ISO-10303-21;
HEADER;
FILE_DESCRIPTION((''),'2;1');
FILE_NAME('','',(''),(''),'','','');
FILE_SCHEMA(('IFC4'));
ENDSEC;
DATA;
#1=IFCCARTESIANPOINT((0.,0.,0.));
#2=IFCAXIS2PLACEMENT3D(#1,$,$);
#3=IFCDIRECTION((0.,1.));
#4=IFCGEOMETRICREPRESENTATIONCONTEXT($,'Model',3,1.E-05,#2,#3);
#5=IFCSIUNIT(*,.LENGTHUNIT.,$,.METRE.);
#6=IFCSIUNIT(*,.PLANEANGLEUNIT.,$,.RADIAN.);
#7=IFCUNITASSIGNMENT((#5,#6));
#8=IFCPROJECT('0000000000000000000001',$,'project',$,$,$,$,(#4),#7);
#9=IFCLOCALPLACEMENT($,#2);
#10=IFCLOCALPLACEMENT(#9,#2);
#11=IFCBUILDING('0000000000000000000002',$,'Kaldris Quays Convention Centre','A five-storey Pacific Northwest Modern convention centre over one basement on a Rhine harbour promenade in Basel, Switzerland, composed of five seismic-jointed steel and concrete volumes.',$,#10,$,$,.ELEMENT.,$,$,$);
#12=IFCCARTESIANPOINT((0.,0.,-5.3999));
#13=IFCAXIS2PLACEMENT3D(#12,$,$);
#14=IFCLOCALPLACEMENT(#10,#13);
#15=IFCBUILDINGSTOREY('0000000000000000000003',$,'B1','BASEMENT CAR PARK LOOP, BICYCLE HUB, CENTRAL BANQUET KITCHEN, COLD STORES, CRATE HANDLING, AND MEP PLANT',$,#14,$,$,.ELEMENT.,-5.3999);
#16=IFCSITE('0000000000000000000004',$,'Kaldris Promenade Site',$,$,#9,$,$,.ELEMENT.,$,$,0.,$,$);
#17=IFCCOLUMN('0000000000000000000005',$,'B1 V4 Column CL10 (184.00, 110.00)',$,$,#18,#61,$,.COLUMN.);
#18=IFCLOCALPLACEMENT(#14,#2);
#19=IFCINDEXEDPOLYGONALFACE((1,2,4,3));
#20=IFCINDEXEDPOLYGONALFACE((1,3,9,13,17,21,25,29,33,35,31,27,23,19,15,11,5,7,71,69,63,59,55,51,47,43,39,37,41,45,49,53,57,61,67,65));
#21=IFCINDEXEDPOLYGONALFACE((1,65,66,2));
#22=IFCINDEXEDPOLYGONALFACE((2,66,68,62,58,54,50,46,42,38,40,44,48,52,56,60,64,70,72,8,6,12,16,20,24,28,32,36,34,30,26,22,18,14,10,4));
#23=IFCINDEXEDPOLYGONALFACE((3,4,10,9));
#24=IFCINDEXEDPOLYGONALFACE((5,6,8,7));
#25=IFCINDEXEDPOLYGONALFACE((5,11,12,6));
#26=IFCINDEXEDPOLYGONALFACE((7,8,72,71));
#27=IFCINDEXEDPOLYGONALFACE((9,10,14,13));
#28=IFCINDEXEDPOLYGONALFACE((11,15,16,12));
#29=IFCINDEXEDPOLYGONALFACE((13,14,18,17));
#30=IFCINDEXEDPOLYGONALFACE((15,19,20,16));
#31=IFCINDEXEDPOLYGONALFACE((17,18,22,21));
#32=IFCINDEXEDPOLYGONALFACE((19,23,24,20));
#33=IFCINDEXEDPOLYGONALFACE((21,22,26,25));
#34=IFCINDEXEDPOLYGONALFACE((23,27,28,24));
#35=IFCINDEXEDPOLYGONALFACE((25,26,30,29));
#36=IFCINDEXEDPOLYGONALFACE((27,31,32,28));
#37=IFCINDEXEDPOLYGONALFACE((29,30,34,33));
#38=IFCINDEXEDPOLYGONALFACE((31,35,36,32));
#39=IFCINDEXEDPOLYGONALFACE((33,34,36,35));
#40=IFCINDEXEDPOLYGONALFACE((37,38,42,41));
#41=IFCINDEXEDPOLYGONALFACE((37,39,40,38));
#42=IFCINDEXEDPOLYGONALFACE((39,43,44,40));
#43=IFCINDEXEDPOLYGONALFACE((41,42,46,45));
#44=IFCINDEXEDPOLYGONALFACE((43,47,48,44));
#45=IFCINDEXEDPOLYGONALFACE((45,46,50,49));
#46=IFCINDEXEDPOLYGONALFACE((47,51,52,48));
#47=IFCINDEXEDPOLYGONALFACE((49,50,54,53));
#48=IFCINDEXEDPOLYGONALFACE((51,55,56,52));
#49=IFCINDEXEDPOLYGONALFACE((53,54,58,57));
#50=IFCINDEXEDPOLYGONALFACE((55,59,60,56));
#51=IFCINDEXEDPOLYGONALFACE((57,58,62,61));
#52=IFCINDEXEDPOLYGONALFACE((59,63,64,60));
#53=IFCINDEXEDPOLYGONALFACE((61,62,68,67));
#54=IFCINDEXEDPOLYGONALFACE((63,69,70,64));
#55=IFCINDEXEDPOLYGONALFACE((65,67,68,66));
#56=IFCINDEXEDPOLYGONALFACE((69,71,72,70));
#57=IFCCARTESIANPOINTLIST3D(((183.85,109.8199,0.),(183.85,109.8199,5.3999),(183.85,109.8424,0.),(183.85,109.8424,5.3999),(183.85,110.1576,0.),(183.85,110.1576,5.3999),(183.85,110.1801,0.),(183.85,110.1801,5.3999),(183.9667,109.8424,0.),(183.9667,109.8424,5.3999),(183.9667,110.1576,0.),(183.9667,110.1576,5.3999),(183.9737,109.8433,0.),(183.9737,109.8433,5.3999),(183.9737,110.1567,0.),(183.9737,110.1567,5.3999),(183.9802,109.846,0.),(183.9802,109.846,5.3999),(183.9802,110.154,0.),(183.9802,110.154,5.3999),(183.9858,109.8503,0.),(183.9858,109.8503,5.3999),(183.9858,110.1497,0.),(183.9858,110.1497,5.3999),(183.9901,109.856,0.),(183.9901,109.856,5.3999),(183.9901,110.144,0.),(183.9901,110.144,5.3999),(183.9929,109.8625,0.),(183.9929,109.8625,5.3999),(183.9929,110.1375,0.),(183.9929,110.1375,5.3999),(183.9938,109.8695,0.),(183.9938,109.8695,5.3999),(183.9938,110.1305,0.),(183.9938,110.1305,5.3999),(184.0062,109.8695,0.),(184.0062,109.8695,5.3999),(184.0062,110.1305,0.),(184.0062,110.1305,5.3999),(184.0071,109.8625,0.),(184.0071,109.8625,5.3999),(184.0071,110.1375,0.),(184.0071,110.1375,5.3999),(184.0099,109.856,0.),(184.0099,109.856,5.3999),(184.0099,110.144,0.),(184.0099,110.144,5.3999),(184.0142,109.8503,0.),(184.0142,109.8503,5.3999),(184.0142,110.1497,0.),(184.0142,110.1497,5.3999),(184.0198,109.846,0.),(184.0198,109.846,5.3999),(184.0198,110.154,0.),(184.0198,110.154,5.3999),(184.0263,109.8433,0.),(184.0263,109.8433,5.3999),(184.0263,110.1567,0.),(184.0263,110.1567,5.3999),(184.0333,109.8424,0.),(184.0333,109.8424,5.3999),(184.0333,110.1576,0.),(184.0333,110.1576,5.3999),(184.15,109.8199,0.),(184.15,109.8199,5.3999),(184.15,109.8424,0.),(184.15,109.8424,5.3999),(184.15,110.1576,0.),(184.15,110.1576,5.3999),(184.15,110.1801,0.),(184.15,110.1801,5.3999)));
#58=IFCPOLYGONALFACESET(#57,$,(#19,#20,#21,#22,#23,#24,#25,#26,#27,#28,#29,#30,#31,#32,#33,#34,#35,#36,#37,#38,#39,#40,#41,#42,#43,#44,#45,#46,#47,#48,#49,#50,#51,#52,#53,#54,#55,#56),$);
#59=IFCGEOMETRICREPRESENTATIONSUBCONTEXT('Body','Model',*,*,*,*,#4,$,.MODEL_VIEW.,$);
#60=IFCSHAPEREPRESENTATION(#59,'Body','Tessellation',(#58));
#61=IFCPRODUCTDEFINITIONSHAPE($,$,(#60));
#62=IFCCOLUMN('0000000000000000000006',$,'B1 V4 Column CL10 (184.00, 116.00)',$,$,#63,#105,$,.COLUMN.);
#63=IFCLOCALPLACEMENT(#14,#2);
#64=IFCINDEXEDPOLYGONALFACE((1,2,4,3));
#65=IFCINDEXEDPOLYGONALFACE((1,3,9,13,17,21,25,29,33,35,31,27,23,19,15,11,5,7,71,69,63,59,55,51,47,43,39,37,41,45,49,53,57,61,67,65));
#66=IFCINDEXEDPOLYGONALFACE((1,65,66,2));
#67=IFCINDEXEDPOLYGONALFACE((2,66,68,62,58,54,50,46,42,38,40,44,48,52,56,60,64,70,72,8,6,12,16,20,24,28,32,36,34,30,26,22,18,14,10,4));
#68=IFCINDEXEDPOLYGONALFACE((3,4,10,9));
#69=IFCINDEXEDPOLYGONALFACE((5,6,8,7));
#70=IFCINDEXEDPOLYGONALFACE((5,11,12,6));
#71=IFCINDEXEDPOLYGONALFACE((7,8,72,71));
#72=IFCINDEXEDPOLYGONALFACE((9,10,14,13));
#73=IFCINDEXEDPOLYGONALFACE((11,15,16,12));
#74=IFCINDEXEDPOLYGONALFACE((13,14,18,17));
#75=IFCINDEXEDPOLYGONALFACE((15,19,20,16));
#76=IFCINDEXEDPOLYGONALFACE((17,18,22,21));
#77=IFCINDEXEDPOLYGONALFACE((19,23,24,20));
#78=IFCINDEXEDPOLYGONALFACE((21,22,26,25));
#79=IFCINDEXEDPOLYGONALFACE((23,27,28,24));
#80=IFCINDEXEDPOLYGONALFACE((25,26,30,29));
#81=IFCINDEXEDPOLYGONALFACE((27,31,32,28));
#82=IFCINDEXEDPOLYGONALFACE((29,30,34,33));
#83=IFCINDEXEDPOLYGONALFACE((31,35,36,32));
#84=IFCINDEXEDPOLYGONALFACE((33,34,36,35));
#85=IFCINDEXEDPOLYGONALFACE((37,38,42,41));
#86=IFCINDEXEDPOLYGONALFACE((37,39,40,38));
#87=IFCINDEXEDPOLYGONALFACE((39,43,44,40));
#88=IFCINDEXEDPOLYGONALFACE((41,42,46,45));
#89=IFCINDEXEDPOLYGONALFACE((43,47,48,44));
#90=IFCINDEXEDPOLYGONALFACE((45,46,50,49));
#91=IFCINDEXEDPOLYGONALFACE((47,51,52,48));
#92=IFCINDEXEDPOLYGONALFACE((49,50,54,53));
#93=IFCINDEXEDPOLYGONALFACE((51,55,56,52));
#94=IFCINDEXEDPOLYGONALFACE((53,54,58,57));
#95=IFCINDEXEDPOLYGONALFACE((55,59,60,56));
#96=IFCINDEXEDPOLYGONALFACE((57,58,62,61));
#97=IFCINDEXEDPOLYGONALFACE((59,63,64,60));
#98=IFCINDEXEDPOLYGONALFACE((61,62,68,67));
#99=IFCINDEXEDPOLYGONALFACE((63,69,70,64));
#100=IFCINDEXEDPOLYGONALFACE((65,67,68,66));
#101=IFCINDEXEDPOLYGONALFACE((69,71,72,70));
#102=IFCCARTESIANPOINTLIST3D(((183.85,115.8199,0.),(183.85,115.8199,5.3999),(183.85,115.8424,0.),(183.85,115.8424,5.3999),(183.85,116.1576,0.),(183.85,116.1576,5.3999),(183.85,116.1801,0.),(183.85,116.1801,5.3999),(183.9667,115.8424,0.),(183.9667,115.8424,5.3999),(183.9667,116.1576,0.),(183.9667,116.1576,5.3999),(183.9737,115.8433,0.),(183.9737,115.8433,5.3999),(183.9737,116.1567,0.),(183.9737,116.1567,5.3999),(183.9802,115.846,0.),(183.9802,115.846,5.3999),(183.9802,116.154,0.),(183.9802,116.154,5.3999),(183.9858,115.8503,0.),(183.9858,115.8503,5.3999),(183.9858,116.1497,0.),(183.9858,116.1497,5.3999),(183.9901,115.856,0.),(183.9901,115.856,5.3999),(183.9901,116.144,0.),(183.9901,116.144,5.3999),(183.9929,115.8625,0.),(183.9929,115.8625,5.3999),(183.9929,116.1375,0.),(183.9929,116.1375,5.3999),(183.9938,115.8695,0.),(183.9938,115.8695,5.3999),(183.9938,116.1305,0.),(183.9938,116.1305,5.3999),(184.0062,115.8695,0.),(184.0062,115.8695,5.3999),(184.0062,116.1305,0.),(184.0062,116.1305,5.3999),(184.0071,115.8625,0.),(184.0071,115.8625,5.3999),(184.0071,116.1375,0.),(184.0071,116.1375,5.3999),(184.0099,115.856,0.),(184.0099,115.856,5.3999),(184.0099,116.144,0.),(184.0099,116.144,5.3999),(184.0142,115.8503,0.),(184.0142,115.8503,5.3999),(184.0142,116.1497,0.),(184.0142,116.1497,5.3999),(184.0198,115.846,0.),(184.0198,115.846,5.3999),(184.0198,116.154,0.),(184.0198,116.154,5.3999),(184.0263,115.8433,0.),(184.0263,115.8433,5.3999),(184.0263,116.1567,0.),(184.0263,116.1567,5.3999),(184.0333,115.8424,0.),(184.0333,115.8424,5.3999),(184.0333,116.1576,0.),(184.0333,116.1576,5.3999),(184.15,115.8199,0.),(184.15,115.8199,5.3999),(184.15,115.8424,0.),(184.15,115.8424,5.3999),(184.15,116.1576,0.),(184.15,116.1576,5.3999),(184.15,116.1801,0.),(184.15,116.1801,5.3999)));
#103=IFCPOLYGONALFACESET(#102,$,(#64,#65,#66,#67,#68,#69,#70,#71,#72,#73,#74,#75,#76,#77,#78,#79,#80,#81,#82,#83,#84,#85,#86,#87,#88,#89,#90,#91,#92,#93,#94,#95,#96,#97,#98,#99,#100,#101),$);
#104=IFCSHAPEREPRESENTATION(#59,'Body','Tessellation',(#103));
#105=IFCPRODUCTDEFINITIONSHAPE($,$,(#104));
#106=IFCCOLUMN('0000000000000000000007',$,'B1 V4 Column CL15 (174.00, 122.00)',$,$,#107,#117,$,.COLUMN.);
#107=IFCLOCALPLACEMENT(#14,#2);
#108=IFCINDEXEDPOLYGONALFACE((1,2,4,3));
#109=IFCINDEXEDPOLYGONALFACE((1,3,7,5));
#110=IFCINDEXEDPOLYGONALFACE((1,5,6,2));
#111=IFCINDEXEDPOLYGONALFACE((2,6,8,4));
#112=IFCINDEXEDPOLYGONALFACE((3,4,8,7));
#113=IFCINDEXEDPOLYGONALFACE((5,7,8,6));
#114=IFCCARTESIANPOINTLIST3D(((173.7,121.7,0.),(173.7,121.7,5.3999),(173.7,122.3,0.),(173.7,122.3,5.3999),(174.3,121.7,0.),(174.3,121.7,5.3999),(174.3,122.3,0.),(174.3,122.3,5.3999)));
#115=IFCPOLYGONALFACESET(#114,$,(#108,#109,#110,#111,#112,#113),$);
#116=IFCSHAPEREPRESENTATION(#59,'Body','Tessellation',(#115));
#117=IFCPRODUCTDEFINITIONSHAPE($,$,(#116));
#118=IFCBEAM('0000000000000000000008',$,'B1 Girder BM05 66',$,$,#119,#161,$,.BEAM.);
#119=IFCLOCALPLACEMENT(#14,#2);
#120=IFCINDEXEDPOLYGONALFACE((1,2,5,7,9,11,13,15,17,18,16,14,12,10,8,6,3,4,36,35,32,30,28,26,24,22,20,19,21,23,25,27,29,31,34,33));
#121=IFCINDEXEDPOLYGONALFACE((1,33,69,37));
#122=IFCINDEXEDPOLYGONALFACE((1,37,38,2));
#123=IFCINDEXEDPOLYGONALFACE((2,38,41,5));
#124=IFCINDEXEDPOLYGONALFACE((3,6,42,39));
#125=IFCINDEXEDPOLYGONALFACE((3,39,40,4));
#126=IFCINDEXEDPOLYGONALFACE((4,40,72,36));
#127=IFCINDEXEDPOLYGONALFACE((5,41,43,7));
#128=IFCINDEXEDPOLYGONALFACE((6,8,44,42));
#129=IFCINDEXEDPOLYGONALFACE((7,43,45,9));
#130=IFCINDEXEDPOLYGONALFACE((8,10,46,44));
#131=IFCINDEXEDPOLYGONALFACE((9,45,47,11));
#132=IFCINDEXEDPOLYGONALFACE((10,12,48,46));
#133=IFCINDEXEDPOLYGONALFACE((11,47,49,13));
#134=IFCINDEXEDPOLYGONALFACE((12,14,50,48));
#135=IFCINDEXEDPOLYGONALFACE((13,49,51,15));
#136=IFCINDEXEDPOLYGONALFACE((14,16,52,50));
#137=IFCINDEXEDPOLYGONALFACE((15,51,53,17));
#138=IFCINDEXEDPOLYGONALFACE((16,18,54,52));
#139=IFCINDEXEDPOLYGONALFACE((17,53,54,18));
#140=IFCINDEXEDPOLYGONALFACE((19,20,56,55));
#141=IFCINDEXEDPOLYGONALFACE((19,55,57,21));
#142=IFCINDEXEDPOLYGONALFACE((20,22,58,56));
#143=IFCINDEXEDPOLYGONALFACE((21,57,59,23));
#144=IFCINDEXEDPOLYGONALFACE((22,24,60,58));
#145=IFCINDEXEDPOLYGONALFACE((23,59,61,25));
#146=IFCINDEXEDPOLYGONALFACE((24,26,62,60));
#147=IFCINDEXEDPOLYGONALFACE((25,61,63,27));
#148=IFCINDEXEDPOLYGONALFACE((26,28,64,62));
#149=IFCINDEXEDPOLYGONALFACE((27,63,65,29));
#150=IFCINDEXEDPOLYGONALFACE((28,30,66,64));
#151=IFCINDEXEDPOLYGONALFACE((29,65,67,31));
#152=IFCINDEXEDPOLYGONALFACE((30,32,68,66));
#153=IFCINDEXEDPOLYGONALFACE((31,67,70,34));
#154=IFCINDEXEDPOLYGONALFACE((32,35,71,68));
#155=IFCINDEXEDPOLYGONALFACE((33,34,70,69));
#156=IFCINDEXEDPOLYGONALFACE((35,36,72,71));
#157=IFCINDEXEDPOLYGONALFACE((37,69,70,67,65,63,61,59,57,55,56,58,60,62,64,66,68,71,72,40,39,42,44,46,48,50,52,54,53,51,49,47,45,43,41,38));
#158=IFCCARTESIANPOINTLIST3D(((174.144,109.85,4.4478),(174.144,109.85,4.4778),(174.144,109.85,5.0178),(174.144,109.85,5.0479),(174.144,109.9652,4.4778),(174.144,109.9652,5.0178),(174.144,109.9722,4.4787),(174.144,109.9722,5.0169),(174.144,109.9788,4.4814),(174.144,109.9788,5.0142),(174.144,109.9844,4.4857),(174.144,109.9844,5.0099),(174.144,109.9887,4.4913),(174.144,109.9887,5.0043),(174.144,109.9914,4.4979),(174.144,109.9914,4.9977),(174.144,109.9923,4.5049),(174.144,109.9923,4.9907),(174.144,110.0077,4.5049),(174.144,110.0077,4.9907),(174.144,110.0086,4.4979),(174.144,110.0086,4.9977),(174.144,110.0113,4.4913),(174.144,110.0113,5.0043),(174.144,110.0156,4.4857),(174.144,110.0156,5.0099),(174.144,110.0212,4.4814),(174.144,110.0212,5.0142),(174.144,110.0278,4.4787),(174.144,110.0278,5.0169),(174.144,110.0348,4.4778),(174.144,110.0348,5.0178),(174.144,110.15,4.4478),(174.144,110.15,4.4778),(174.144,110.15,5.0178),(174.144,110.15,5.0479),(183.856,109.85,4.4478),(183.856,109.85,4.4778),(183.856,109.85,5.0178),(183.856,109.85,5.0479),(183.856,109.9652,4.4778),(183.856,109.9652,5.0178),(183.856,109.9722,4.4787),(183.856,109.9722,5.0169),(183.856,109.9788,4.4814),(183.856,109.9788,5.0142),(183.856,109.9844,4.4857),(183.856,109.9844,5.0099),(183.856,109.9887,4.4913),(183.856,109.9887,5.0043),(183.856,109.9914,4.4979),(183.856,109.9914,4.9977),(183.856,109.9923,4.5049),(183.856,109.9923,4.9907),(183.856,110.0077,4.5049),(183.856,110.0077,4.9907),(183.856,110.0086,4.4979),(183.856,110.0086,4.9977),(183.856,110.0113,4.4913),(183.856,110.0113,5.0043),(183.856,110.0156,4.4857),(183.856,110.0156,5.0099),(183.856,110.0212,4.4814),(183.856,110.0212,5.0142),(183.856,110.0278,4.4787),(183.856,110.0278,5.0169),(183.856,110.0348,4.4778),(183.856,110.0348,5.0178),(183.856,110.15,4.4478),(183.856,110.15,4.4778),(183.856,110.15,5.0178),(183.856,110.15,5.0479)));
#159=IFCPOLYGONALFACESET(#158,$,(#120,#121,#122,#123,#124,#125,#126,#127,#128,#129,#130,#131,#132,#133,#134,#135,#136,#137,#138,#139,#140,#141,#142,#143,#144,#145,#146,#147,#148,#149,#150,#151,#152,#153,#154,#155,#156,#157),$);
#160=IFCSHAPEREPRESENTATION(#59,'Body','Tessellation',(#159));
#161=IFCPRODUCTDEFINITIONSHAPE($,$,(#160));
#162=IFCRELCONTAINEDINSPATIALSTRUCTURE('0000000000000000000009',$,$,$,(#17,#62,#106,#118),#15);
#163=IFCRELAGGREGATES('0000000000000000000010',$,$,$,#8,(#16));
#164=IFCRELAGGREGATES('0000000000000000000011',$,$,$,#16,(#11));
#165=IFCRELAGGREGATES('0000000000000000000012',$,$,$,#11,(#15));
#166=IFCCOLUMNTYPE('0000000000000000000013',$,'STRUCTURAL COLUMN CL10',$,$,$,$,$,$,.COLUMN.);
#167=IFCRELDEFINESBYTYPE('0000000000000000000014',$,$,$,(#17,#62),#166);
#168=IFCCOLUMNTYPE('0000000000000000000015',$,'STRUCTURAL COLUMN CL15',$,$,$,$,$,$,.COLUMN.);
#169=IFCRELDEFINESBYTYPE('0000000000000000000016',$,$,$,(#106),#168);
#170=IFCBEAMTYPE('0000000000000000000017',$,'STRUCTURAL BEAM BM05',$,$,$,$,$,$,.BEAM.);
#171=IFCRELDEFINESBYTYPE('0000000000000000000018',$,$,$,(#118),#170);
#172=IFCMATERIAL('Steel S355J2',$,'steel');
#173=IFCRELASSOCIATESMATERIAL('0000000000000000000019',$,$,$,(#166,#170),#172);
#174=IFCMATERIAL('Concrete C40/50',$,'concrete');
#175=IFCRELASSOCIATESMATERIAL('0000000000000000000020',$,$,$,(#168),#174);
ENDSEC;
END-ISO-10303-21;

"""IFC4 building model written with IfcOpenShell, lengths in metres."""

from ifc_helpers import new_model, si_unit, direction, frame, origin, origin_2d, place, context, subcontext, project, spatial, rectangle, i_section, extrude, material, material_profile, profile_set, type_object, element, save


model = new_model("IFC4")

# Units and contexts
model_context = context("Model", 3, precision=1e-05, world=origin(), true_north=direction((0.0, 1.0)))
body_context = subcontext(model_context, "Body", "Model", "MODEL_VIEW")
ifc_project = project(units=[si_unit("LENGTHUNIT", "METRE"), si_unit("PLANEANGLEUNIT", "RADIAN")], contexts=[model_context])

# Site, building, storey
site_placement = place(None, origin())
site = spatial("IfcSite", under=ifc_project, at=site_placement, Name="Kaldris Promenade Site", CompositionType="ELEMENT", RefElevation=0.0)
building_placement = place(site_placement, origin())
building = spatial("IfcBuilding", under=site, at=building_placement, Name="Kaldris Quays Convention Centre", Description="A five-storey Pacific Northwest Modern convention centre over one basement on a Rhine harbour promenade in Basel, Switzerland, composed of five seismic-jointed steel and concrete volumes.", CompositionType="ELEMENT")
storey_placement = place(building_placement, frame((0.0, 0.0, -5.3999)))
storey = spatial("IfcBuildingStorey", under=building, at=storey_placement, Name="B1", Description="BASEMENT CAR PARK LOOP, BICYCLE HUB, CENTRAL BANQUET KITCHEN, COLD STORES, CRATE HANDLING, AND MEP PLANT", CompositionType="ELEMENT", Elevation=-5.3999)

# Columns
ifc_material_1 = material(Name="Steel S355J2", Category="steel")
ifc_material_profile_1 = material_profile(ifc_material_1, i_section(OverallWidth=0.3, OverallDepth=0.3601, WebThickness=0.0125, FlangeThickness=0.0225, FilletRadius=0.0271, at=origin_2d()), Name="HEB 360")
ifc_profile_set_1 = profile_set([ifc_material_profile_1], Name="Steel S355J2")
column_type_1 = type_object("IfcColumnType", Name="STRUCTURAL COLUMN CL10", PredefinedType="COLUMN", material=ifc_profile_set_1)
for number, where, z_axis, x_axis, name in (
    (1, (184.0, 110.0, 0.0), (0.0, 0.0, 1.0), (1.0, 0.0, 0.0), "B1 V4 Column CL10 (184.00, 110.00)"),
    (2, (184.0, 116.0, 0.0), (0.0, 0.0, 1.0), (1.0, 0.0, 0.0), "B1 V4 Column CL10 (184.00, 116.00)"),
):
    element("IfcColumn", number, at=place(storey_placement, frame(where, z_axis=z_axis, x_axis=x_axis)), inside=storey, type_object=column_type_1, Name=name, PredefinedType="COLUMN", context=body_context, shape_type="SweptSolid", body=[
        extrude(i_section(OverallWidth=0.3, OverallDepth=0.3601, WebThickness=0.0125, FlangeThickness=0.0225, FilletRadius=0.0271, at=origin_2d()), origin(), (0.0, 0.0, 1.0), 5.3999),
    ])
ifc_material_2 = material(Name="Concrete C40/50", Category="concrete")
ifc_material_profile_2 = material_profile(ifc_material_2, rectangle(XDim=0.6001, YDim=0.6001, at=origin_2d()), Name="RC 600x600")
ifc_profile_set_2 = profile_set([ifc_material_profile_2], Name="Concrete C40/50")
column_type_2 = type_object("IfcColumnType", Name="STRUCTURAL COLUMN CL15", PredefinedType="COLUMN", material=ifc_profile_set_2)
column_placement = place(storey_placement, frame((174.0, 122.0, 0.0), z_axis=(0.0, 0.0, 1.0), x_axis=(1.0, 0.0, 0.0)))
element("IfcColumn", 3, at=column_placement, inside=storey, type_object=column_type_2, Name="B1 V4 Column CL15 (174.00, 122.00)", PredefinedType="COLUMN", context=body_context, shape_type="SweptSolid", body=[
    extrude(rectangle(XDim=0.6001, YDim=0.6001, at=origin_2d()), origin(), (0.0, 0.0, 1.0), 5.3999),
])

# Beam
ifc_material_profile_3 = material_profile(ifc_material_1, i_section(OverallWidth=0.3, OverallDepth=0.6001, WebThickness=0.0154, FlangeThickness=0.03, FilletRadius=0.0271, at=origin_2d()), Name="HEB 600")
ifc_profile_set_3 = profile_set([ifc_material_profile_3], Name="Steel S355J2")
beam_type_1 = type_object("IfcBeamType", Name="STRUCTURAL BEAM BM05", PredefinedType="BEAM", material=ifc_profile_set_3)
beam_1_placement = place(storey_placement, frame((174.144, 110.0, 4.7478), z_axis=(1.0, 0.0, 0.0), x_axis=(0.0, 1.0, 0.0)))
element("IfcBeam", 4, at=beam_1_placement, inside=storey, type_object=beam_type_1, Name="B1 Girder BM05 66", PredefinedType="BEAM", context=body_context, shape_type="SweptSolid", body=[
    extrude(i_section(OverallWidth=0.3, OverallDepth=0.6001, WebThickness=0.0154, FlangeThickness=0.03, FilletRadius=0.0271, at=origin_2d()), origin(), (0.0, 0.0, 1.0), 9.7119),
])

save(model, "model.ifc")
